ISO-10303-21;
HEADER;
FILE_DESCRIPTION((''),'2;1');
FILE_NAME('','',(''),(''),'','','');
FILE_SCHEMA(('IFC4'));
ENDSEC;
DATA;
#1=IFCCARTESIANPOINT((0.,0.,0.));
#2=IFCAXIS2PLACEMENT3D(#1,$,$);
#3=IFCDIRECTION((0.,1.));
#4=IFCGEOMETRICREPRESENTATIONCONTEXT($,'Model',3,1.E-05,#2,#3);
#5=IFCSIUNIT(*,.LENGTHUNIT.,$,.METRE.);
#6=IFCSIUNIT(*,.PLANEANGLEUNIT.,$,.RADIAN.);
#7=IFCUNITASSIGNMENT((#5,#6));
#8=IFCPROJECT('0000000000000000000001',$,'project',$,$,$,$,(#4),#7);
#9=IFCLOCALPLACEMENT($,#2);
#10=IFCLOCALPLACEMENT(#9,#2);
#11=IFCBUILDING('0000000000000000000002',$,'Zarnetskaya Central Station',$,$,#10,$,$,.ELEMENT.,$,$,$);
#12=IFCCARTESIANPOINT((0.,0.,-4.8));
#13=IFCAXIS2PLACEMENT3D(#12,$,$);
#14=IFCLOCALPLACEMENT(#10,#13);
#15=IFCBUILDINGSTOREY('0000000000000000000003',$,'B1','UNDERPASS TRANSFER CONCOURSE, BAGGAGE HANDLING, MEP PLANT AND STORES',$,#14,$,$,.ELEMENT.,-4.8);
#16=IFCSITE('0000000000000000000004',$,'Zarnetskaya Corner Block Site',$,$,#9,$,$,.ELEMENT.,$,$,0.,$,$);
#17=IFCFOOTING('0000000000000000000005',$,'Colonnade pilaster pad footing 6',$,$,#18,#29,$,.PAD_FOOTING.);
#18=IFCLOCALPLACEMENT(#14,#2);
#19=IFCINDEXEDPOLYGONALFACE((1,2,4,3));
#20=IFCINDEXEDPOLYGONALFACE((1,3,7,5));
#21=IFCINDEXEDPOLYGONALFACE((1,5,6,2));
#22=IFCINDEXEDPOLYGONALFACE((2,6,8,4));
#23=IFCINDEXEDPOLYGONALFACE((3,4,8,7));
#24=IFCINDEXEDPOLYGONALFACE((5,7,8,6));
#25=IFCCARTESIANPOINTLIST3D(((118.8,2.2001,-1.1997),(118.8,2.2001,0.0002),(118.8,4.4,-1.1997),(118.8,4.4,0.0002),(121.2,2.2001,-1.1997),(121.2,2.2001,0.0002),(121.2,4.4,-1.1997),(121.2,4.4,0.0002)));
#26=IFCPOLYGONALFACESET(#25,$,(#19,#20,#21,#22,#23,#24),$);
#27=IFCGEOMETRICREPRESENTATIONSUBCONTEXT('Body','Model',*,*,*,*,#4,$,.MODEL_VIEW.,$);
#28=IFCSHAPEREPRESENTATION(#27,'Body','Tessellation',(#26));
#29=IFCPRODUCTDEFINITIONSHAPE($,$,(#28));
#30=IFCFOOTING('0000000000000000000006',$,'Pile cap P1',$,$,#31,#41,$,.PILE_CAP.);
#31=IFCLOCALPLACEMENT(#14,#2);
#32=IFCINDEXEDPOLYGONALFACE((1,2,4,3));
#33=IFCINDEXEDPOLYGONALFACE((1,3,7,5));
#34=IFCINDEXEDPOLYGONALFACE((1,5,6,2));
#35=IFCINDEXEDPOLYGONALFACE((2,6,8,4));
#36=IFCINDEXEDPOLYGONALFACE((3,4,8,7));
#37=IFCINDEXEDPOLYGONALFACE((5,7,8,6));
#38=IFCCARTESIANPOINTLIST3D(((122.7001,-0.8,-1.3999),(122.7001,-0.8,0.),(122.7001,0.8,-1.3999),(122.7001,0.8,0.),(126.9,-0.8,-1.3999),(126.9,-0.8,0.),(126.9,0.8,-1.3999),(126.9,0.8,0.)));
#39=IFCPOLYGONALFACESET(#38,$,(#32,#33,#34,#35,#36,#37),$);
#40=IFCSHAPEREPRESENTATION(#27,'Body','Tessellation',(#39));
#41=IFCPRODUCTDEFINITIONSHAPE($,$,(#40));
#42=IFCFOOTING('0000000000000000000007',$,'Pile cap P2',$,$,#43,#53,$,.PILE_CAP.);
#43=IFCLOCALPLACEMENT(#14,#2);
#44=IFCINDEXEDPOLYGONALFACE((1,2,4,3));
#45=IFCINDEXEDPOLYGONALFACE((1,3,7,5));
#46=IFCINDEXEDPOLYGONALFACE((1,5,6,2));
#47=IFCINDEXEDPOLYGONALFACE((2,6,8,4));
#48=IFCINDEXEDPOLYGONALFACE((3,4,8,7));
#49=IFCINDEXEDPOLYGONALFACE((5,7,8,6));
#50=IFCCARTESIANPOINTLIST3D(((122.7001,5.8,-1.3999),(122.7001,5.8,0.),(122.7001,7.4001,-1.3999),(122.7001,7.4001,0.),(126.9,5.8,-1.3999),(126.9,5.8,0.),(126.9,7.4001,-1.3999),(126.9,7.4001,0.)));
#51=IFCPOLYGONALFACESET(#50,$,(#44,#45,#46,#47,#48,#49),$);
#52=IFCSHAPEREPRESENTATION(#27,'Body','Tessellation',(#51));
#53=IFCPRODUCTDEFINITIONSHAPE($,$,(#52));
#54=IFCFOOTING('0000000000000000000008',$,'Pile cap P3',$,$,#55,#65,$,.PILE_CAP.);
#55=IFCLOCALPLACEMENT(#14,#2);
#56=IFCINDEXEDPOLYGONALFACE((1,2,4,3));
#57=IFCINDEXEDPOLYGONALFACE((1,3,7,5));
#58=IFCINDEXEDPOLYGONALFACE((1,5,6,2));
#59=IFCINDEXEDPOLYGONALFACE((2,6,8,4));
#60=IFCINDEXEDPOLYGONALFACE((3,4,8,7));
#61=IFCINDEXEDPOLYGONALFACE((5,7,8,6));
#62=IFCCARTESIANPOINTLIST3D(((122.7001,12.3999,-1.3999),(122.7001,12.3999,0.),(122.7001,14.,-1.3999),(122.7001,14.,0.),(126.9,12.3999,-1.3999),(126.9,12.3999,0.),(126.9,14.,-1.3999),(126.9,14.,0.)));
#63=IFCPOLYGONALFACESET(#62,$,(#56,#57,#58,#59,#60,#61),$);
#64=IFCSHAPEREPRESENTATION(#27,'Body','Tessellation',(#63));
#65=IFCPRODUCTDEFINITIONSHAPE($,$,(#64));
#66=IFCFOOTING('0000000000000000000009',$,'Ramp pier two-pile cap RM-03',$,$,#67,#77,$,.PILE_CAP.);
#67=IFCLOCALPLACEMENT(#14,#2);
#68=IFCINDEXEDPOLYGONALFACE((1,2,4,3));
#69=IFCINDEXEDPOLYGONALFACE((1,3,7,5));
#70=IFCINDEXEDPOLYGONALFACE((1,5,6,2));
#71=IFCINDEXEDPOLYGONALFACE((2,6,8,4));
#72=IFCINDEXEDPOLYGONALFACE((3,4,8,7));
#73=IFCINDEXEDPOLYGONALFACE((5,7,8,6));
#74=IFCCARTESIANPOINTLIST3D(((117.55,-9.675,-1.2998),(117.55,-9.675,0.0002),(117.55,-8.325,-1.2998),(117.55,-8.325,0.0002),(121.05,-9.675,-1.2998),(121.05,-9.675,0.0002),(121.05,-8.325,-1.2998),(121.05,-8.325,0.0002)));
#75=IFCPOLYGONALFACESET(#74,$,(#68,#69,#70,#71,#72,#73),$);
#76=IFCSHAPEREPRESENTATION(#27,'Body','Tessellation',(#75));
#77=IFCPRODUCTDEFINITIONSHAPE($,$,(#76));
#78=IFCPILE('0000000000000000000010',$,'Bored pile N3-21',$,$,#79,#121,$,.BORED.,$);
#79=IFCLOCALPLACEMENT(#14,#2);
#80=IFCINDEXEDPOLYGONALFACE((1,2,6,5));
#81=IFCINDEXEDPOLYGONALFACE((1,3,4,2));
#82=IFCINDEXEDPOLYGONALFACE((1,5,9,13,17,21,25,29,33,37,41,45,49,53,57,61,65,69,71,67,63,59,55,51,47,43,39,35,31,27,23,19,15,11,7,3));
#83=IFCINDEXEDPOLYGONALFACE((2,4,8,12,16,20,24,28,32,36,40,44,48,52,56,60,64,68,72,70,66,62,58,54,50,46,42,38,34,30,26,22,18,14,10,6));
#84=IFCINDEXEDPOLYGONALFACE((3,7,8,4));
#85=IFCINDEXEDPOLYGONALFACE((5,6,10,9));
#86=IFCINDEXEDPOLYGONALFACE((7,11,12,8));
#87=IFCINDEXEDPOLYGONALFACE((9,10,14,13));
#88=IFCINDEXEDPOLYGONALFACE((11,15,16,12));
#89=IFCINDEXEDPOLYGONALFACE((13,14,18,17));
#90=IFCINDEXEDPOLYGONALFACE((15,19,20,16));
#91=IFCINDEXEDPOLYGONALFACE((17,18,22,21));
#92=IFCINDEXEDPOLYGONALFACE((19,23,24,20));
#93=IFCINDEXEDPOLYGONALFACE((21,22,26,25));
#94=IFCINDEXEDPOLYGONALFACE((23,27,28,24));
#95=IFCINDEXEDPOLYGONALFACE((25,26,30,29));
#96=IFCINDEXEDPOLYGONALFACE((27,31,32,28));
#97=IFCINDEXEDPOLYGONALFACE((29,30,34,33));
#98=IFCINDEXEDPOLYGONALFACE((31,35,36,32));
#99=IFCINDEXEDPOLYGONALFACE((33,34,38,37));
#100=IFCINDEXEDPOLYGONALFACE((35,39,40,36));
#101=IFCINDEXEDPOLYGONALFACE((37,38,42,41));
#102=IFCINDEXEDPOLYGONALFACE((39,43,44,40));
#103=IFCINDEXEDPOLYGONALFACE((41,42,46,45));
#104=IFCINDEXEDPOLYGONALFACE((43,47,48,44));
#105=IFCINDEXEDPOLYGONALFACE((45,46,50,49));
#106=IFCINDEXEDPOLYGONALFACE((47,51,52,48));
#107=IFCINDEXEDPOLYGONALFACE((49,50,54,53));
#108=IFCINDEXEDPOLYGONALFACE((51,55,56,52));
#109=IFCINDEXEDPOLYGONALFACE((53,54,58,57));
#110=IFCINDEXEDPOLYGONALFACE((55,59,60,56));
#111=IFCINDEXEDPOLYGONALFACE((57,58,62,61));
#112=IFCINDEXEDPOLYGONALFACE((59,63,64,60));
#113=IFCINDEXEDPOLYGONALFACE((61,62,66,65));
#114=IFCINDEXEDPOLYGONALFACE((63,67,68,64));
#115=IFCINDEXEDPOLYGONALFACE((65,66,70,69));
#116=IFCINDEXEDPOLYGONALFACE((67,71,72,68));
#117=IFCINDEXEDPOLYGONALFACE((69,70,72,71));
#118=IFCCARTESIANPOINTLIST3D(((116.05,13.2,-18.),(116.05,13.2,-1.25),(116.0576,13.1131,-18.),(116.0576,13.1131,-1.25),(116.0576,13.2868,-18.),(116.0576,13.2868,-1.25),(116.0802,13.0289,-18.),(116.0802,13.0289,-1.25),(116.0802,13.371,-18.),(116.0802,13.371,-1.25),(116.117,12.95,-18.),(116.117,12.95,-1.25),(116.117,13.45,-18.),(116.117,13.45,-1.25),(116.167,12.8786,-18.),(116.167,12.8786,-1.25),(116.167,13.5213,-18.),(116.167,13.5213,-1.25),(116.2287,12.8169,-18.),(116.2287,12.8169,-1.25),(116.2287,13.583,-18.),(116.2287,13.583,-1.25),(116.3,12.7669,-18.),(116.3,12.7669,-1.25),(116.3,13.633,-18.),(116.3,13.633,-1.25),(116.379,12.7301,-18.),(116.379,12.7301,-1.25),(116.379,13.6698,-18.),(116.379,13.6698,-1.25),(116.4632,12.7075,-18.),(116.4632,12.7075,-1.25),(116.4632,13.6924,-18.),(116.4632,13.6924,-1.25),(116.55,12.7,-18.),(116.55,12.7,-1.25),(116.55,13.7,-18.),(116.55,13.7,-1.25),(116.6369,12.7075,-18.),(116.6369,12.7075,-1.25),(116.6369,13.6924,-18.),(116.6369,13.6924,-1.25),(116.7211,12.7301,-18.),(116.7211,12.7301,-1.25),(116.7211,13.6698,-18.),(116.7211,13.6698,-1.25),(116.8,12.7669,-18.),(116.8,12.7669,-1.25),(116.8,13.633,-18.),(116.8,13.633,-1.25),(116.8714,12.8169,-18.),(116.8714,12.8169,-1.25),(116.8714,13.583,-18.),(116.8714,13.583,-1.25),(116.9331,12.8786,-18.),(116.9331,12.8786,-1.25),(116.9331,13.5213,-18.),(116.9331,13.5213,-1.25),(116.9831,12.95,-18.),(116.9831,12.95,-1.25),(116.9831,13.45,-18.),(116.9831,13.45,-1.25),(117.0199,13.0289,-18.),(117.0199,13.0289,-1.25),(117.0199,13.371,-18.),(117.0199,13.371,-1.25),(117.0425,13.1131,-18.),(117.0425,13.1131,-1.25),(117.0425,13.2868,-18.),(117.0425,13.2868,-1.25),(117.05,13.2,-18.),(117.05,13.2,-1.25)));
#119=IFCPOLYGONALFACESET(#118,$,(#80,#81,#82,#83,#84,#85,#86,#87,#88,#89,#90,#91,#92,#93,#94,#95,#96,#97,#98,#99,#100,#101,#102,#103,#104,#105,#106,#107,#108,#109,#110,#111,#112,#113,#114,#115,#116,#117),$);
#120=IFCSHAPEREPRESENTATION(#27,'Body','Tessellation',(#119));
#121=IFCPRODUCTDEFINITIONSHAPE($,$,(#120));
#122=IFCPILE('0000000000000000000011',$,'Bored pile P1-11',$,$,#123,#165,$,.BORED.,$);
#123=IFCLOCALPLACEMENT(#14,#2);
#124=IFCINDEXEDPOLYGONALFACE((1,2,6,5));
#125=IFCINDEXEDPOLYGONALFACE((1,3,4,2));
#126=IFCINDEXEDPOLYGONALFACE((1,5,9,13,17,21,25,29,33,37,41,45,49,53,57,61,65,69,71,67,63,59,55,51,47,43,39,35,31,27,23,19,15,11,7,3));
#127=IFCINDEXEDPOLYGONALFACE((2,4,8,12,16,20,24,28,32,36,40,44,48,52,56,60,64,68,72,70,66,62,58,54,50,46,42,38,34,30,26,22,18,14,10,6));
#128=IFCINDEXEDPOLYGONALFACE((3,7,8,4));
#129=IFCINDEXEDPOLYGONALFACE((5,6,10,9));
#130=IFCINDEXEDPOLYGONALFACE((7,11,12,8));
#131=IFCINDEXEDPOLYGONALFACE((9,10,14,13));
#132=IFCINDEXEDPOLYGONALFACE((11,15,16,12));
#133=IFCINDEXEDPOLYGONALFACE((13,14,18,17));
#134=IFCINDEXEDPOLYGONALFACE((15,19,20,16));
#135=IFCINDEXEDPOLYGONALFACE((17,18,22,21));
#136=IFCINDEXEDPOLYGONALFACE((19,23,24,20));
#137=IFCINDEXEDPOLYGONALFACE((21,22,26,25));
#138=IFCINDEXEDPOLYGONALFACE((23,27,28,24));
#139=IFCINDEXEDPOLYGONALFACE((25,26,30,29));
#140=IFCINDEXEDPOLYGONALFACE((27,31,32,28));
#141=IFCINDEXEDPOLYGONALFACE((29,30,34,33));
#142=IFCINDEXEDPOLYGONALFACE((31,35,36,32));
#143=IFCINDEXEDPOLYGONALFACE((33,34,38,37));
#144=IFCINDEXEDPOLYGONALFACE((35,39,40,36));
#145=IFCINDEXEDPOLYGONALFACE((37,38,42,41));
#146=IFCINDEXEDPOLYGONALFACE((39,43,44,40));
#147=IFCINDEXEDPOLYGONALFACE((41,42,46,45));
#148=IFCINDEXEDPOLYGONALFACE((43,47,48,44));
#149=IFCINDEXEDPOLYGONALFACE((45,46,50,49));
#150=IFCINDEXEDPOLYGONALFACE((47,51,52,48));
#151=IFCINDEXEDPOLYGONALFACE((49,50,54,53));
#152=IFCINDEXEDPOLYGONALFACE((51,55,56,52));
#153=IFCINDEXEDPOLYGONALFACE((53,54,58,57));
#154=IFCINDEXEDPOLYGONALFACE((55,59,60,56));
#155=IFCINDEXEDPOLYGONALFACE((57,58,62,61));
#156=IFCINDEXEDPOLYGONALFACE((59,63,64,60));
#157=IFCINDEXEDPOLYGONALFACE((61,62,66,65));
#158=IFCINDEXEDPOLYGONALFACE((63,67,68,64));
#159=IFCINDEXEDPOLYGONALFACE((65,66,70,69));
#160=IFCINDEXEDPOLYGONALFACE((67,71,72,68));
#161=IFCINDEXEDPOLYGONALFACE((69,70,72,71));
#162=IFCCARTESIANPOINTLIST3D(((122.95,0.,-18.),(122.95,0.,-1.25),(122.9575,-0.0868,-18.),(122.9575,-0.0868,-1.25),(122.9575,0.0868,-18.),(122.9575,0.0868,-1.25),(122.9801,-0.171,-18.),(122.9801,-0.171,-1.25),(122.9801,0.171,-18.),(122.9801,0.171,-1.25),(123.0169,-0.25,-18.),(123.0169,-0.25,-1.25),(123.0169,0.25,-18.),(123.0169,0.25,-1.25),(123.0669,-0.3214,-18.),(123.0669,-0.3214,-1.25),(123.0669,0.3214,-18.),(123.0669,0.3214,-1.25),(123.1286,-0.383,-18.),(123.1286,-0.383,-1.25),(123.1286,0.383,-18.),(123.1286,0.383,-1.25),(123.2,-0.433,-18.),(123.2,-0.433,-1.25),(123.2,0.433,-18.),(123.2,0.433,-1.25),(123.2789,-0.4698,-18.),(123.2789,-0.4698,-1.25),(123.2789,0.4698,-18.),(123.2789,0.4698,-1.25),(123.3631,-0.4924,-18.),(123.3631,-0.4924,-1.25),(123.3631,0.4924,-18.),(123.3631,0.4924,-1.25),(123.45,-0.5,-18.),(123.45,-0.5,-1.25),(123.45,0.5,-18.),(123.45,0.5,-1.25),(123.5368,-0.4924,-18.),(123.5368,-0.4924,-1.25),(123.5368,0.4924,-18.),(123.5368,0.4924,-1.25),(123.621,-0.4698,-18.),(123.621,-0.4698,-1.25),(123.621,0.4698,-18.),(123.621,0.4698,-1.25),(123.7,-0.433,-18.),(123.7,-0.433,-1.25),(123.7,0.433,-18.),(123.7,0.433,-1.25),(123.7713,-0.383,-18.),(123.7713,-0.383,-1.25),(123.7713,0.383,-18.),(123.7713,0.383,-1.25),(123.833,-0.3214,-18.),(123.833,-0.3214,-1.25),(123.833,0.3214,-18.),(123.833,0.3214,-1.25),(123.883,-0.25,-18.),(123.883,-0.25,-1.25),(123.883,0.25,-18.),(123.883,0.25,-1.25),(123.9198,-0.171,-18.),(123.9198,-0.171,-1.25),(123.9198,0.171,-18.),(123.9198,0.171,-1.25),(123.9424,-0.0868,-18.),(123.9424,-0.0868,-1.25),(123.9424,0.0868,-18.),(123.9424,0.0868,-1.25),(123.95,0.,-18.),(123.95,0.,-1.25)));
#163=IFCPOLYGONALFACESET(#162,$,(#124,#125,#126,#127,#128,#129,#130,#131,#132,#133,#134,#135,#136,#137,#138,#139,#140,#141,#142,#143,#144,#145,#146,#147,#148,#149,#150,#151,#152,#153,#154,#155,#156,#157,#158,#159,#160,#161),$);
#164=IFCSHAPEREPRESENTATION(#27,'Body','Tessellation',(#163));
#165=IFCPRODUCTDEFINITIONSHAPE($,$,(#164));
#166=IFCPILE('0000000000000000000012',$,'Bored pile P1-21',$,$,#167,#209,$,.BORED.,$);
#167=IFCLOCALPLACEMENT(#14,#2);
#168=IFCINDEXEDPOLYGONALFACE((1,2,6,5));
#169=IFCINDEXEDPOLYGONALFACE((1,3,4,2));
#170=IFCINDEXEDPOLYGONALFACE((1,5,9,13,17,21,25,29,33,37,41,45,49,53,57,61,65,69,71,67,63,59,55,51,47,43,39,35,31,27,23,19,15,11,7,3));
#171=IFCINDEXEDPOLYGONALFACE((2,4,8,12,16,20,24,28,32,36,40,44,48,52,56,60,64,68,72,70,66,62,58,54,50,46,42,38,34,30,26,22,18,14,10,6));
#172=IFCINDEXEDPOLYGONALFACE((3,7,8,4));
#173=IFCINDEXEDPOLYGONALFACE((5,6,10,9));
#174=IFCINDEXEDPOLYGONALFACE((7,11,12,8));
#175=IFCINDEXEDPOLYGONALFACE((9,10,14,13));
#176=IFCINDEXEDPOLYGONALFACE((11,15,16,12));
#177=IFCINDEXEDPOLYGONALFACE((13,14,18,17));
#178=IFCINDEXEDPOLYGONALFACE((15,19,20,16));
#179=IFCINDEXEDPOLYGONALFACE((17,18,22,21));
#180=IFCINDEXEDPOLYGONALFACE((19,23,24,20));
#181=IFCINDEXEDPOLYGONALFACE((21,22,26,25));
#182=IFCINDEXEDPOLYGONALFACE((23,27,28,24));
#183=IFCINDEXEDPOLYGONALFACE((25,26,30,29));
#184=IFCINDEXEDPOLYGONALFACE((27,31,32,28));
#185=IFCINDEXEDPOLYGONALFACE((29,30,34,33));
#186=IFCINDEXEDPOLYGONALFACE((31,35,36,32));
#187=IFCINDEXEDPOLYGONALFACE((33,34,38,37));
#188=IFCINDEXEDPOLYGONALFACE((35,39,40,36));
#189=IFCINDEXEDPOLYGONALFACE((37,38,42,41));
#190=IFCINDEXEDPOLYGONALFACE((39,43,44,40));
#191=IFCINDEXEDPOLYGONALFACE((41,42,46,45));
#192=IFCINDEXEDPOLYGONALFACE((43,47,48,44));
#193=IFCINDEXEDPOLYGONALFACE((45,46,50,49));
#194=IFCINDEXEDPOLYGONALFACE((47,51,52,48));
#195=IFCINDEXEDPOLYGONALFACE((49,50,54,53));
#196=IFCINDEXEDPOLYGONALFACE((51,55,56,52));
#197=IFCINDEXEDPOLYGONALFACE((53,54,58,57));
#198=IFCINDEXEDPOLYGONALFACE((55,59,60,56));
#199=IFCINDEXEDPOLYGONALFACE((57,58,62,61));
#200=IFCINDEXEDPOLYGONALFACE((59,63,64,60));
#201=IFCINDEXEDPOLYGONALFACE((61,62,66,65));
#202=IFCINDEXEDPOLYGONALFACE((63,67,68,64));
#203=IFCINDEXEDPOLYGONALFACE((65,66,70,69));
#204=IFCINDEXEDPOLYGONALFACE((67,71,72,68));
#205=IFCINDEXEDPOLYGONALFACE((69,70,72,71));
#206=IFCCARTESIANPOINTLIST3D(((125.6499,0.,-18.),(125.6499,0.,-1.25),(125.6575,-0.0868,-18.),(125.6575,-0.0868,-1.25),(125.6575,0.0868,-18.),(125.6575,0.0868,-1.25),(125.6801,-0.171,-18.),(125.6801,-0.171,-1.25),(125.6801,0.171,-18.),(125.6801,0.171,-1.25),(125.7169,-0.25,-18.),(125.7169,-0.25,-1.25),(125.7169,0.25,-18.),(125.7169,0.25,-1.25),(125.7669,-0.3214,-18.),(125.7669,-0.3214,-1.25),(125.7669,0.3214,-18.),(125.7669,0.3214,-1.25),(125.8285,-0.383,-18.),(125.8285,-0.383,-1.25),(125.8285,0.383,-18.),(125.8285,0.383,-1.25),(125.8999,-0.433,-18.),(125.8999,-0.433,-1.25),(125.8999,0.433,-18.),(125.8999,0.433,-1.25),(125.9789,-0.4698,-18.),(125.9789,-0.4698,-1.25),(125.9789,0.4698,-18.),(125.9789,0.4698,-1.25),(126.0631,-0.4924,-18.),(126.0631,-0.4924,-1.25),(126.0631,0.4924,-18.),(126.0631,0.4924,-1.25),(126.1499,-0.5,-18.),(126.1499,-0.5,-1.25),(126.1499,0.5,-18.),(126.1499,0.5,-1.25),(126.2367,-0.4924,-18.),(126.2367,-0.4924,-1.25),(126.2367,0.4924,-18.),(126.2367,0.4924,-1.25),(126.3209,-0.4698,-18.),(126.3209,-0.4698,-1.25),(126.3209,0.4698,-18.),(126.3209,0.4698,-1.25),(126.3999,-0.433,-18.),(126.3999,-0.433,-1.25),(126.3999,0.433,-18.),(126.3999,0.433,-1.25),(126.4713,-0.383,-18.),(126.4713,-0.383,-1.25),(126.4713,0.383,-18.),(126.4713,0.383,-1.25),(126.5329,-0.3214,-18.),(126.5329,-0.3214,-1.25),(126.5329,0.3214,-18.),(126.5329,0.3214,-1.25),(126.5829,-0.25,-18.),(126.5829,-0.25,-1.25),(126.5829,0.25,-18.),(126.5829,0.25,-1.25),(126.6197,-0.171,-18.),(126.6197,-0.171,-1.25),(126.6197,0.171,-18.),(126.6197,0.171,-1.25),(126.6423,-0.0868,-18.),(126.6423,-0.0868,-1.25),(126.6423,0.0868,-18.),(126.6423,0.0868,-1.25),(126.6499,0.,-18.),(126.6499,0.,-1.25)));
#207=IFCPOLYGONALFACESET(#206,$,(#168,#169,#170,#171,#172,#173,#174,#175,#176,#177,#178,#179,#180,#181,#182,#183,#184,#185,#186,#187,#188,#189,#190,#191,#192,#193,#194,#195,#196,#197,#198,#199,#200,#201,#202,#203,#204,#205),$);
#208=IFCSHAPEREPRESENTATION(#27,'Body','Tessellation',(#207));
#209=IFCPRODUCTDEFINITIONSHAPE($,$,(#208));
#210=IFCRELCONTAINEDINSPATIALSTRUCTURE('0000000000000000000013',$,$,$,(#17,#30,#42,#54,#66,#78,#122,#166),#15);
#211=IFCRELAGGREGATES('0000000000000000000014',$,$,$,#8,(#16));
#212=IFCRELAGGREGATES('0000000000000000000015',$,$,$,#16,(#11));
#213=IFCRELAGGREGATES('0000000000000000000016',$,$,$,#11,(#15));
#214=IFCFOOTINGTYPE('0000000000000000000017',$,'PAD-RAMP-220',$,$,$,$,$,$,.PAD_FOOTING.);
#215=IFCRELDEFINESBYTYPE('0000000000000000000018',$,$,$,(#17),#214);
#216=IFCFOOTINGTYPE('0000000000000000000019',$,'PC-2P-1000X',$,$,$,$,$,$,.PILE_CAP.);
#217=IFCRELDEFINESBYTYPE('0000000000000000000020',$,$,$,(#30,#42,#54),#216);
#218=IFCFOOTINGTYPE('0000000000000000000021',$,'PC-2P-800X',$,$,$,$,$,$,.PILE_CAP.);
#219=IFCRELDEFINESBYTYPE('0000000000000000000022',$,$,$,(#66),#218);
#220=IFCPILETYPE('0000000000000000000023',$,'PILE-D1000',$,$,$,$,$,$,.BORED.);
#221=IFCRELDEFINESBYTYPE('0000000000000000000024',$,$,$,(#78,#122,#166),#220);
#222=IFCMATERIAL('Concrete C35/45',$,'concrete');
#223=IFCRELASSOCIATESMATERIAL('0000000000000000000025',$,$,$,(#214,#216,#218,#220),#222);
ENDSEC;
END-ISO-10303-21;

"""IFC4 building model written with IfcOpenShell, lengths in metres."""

from ifc_helpers import new_model, si_unit, direction, frame, origin, origin_2d, place, context, subcontext, project, spatial, rectangle, circle, extrude, material, material_profile, profile_set, type_object, element, save


model = new_model("IFC4")

# Units and contexts
model_context = context("Model", 3, precision=1e-05, world=origin(), true_north=direction((0.0, 1.0)))
body_context = subcontext(model_context, "Body", "Model", "MODEL_VIEW")
ifc_project = project(units=[si_unit("LENGTHUNIT", "METRE"), si_unit("PLANEANGLEUNIT", "RADIAN")], contexts=[model_context])

# Site, building, storey
site_placement = place(None, origin())
site = spatial("IfcSite", under=ifc_project, at=site_placement, Name="Zarnetskaya Corner Block Site", CompositionType="ELEMENT", RefElevation=0.0)
building_placement = place(site_placement, origin())
building = spatial("IfcBuilding", under=site, at=building_placement, Name="Zarnetskaya Central Station", CompositionType="ELEMENT")
storey_placement = place(building_placement, frame((0.0, 0.0, -4.8)))
storey = spatial("IfcBuildingStorey", under=building, at=storey_placement, Name="B1", Description="UNDERPASS TRANSFER CONCOURSE, BAGGAGE HANDLING, MEP PLANT AND STORES", CompositionType="ELEMENT", Elevation=-4.8)

# Footings
ifc_material_1 = material(Name="Concrete C35/45", Category="concrete")
footing_type_1 = type_object("IfcFootingType", Name="PAD-RAMP-220", PredefinedType="PAD_FOOTING", material=ifc_material_1)
footing_1_placement = place(storey_placement, frame((120.0, 3.3, -1.1997), z_axis=(0.0, 0.0, 1.0), x_axis=(1.0, 0.0, 0.0)))
element("IfcFooting", 1, at=footing_1_placement, inside=storey, type_object=footing_type_1, Name="Colonnade pilaster pad footing 6", PredefinedType="PAD_FOOTING", context=body_context, shape_type="SweptSolid", body=[
    extrude(rectangle(XDim=2.3999, YDim=2.2, at=origin_2d()), origin(), (0.0, 0.0, 1.0), 1.2),
])
footing_type_2 = type_object("IfcFootingType", Name="PC-2P-1000X", PredefinedType="PILE_CAP", material=ifc_material_1)
for number, where, z_axis, x_axis, name in (
    (2, (124.8, 0.0, -1.3999), (0.0, 0.0, 1.0), (1.0, 0.0, 0.0), "Pile cap P1"),
    (3, (124.8, 6.6001, -1.3999), (0.0, 0.0, 1.0), (1.0, 0.0, 0.0), "Pile cap P2"),
    (4, (124.8, 13.2, -1.3999), (0.0, 0.0, 1.0), (1.0, 0.0, 0.0), "Pile cap P3"),
):
    element("IfcFooting", number, at=place(storey_placement, frame(where, z_axis=z_axis, x_axis=x_axis)), inside=storey, type_object=footing_type_2, Name=name, PredefinedType="PILE_CAP", context=body_context, shape_type="SweptSolid", body=[
        extrude(rectangle(XDim=4.2, YDim=1.6001, at=origin_2d()), origin(), (0.0, 0.0, 1.0), 1.3999),
    ])
footing_type_3 = type_object("IfcFootingType", Name="PC-2P-800X", PredefinedType="PILE_CAP", material=ifc_material_1)
footing_2_placement = place(storey_placement, frame((119.3, -9.0, -1.2998), z_axis=(0.0, 0.0, 1.0), x_axis=(1.0, 0.0, 0.0)))
element("IfcFooting", 5, at=footing_2_placement, inside=storey, type_object=footing_type_3, Name="Ramp pier two-pile cap RM-03", PredefinedType="PILE_CAP", context=body_context, shape_type="SweptSolid", body=[
    extrude(rectangle(XDim=3.5, YDim=1.3501, at=origin_2d()), origin(), (0.0, 0.0, 1.0), 1.3),
])

# Piles
ifc_material_profile_1 = material_profile(ifc_material_1, circle(Radius=0.5, at=origin_2d()), Name="BORED PILE D1000")
ifc_profile_set_1 = profile_set([ifc_material_profile_1], Name="Concrete C35/45")
pile_type_1 = type_object("IfcPileType", Name="PILE-D1000", PredefinedType="BORED", material=ifc_profile_set_1)
for number, where, z_axis, x_axis, name in (
    (6, (116.55, 13.2, -1.25), (0.0, 0.0, -1.0), (1.0, 0.0, 0.0), "Bored pile N3-21"),
    (7, (123.45, 0.0, -1.25), (0.0, 0.0, -1.0), (1.0, 0.0, 0.0), "Bored pile P1-11"),
    (8, (126.1499, 0.0, -1.25), (0.0, 0.0, -1.0), (1.0, 0.0, 0.0), "Bored pile P1-21"),
):
    element("IfcPile", number, at=place(storey_placement, frame(where, z_axis=z_axis, x_axis=x_axis)), inside=storey, type_object=pile_type_1, Name=name, PredefinedType="BORED", context=body_context, shape_type="SweptSolid", body=[
        extrude(circle(Radius=0.5, at=origin_2d()), origin(), (0.0, 0.0, 1.0), 16.75),
    ])

save(model, "model.ifc")
